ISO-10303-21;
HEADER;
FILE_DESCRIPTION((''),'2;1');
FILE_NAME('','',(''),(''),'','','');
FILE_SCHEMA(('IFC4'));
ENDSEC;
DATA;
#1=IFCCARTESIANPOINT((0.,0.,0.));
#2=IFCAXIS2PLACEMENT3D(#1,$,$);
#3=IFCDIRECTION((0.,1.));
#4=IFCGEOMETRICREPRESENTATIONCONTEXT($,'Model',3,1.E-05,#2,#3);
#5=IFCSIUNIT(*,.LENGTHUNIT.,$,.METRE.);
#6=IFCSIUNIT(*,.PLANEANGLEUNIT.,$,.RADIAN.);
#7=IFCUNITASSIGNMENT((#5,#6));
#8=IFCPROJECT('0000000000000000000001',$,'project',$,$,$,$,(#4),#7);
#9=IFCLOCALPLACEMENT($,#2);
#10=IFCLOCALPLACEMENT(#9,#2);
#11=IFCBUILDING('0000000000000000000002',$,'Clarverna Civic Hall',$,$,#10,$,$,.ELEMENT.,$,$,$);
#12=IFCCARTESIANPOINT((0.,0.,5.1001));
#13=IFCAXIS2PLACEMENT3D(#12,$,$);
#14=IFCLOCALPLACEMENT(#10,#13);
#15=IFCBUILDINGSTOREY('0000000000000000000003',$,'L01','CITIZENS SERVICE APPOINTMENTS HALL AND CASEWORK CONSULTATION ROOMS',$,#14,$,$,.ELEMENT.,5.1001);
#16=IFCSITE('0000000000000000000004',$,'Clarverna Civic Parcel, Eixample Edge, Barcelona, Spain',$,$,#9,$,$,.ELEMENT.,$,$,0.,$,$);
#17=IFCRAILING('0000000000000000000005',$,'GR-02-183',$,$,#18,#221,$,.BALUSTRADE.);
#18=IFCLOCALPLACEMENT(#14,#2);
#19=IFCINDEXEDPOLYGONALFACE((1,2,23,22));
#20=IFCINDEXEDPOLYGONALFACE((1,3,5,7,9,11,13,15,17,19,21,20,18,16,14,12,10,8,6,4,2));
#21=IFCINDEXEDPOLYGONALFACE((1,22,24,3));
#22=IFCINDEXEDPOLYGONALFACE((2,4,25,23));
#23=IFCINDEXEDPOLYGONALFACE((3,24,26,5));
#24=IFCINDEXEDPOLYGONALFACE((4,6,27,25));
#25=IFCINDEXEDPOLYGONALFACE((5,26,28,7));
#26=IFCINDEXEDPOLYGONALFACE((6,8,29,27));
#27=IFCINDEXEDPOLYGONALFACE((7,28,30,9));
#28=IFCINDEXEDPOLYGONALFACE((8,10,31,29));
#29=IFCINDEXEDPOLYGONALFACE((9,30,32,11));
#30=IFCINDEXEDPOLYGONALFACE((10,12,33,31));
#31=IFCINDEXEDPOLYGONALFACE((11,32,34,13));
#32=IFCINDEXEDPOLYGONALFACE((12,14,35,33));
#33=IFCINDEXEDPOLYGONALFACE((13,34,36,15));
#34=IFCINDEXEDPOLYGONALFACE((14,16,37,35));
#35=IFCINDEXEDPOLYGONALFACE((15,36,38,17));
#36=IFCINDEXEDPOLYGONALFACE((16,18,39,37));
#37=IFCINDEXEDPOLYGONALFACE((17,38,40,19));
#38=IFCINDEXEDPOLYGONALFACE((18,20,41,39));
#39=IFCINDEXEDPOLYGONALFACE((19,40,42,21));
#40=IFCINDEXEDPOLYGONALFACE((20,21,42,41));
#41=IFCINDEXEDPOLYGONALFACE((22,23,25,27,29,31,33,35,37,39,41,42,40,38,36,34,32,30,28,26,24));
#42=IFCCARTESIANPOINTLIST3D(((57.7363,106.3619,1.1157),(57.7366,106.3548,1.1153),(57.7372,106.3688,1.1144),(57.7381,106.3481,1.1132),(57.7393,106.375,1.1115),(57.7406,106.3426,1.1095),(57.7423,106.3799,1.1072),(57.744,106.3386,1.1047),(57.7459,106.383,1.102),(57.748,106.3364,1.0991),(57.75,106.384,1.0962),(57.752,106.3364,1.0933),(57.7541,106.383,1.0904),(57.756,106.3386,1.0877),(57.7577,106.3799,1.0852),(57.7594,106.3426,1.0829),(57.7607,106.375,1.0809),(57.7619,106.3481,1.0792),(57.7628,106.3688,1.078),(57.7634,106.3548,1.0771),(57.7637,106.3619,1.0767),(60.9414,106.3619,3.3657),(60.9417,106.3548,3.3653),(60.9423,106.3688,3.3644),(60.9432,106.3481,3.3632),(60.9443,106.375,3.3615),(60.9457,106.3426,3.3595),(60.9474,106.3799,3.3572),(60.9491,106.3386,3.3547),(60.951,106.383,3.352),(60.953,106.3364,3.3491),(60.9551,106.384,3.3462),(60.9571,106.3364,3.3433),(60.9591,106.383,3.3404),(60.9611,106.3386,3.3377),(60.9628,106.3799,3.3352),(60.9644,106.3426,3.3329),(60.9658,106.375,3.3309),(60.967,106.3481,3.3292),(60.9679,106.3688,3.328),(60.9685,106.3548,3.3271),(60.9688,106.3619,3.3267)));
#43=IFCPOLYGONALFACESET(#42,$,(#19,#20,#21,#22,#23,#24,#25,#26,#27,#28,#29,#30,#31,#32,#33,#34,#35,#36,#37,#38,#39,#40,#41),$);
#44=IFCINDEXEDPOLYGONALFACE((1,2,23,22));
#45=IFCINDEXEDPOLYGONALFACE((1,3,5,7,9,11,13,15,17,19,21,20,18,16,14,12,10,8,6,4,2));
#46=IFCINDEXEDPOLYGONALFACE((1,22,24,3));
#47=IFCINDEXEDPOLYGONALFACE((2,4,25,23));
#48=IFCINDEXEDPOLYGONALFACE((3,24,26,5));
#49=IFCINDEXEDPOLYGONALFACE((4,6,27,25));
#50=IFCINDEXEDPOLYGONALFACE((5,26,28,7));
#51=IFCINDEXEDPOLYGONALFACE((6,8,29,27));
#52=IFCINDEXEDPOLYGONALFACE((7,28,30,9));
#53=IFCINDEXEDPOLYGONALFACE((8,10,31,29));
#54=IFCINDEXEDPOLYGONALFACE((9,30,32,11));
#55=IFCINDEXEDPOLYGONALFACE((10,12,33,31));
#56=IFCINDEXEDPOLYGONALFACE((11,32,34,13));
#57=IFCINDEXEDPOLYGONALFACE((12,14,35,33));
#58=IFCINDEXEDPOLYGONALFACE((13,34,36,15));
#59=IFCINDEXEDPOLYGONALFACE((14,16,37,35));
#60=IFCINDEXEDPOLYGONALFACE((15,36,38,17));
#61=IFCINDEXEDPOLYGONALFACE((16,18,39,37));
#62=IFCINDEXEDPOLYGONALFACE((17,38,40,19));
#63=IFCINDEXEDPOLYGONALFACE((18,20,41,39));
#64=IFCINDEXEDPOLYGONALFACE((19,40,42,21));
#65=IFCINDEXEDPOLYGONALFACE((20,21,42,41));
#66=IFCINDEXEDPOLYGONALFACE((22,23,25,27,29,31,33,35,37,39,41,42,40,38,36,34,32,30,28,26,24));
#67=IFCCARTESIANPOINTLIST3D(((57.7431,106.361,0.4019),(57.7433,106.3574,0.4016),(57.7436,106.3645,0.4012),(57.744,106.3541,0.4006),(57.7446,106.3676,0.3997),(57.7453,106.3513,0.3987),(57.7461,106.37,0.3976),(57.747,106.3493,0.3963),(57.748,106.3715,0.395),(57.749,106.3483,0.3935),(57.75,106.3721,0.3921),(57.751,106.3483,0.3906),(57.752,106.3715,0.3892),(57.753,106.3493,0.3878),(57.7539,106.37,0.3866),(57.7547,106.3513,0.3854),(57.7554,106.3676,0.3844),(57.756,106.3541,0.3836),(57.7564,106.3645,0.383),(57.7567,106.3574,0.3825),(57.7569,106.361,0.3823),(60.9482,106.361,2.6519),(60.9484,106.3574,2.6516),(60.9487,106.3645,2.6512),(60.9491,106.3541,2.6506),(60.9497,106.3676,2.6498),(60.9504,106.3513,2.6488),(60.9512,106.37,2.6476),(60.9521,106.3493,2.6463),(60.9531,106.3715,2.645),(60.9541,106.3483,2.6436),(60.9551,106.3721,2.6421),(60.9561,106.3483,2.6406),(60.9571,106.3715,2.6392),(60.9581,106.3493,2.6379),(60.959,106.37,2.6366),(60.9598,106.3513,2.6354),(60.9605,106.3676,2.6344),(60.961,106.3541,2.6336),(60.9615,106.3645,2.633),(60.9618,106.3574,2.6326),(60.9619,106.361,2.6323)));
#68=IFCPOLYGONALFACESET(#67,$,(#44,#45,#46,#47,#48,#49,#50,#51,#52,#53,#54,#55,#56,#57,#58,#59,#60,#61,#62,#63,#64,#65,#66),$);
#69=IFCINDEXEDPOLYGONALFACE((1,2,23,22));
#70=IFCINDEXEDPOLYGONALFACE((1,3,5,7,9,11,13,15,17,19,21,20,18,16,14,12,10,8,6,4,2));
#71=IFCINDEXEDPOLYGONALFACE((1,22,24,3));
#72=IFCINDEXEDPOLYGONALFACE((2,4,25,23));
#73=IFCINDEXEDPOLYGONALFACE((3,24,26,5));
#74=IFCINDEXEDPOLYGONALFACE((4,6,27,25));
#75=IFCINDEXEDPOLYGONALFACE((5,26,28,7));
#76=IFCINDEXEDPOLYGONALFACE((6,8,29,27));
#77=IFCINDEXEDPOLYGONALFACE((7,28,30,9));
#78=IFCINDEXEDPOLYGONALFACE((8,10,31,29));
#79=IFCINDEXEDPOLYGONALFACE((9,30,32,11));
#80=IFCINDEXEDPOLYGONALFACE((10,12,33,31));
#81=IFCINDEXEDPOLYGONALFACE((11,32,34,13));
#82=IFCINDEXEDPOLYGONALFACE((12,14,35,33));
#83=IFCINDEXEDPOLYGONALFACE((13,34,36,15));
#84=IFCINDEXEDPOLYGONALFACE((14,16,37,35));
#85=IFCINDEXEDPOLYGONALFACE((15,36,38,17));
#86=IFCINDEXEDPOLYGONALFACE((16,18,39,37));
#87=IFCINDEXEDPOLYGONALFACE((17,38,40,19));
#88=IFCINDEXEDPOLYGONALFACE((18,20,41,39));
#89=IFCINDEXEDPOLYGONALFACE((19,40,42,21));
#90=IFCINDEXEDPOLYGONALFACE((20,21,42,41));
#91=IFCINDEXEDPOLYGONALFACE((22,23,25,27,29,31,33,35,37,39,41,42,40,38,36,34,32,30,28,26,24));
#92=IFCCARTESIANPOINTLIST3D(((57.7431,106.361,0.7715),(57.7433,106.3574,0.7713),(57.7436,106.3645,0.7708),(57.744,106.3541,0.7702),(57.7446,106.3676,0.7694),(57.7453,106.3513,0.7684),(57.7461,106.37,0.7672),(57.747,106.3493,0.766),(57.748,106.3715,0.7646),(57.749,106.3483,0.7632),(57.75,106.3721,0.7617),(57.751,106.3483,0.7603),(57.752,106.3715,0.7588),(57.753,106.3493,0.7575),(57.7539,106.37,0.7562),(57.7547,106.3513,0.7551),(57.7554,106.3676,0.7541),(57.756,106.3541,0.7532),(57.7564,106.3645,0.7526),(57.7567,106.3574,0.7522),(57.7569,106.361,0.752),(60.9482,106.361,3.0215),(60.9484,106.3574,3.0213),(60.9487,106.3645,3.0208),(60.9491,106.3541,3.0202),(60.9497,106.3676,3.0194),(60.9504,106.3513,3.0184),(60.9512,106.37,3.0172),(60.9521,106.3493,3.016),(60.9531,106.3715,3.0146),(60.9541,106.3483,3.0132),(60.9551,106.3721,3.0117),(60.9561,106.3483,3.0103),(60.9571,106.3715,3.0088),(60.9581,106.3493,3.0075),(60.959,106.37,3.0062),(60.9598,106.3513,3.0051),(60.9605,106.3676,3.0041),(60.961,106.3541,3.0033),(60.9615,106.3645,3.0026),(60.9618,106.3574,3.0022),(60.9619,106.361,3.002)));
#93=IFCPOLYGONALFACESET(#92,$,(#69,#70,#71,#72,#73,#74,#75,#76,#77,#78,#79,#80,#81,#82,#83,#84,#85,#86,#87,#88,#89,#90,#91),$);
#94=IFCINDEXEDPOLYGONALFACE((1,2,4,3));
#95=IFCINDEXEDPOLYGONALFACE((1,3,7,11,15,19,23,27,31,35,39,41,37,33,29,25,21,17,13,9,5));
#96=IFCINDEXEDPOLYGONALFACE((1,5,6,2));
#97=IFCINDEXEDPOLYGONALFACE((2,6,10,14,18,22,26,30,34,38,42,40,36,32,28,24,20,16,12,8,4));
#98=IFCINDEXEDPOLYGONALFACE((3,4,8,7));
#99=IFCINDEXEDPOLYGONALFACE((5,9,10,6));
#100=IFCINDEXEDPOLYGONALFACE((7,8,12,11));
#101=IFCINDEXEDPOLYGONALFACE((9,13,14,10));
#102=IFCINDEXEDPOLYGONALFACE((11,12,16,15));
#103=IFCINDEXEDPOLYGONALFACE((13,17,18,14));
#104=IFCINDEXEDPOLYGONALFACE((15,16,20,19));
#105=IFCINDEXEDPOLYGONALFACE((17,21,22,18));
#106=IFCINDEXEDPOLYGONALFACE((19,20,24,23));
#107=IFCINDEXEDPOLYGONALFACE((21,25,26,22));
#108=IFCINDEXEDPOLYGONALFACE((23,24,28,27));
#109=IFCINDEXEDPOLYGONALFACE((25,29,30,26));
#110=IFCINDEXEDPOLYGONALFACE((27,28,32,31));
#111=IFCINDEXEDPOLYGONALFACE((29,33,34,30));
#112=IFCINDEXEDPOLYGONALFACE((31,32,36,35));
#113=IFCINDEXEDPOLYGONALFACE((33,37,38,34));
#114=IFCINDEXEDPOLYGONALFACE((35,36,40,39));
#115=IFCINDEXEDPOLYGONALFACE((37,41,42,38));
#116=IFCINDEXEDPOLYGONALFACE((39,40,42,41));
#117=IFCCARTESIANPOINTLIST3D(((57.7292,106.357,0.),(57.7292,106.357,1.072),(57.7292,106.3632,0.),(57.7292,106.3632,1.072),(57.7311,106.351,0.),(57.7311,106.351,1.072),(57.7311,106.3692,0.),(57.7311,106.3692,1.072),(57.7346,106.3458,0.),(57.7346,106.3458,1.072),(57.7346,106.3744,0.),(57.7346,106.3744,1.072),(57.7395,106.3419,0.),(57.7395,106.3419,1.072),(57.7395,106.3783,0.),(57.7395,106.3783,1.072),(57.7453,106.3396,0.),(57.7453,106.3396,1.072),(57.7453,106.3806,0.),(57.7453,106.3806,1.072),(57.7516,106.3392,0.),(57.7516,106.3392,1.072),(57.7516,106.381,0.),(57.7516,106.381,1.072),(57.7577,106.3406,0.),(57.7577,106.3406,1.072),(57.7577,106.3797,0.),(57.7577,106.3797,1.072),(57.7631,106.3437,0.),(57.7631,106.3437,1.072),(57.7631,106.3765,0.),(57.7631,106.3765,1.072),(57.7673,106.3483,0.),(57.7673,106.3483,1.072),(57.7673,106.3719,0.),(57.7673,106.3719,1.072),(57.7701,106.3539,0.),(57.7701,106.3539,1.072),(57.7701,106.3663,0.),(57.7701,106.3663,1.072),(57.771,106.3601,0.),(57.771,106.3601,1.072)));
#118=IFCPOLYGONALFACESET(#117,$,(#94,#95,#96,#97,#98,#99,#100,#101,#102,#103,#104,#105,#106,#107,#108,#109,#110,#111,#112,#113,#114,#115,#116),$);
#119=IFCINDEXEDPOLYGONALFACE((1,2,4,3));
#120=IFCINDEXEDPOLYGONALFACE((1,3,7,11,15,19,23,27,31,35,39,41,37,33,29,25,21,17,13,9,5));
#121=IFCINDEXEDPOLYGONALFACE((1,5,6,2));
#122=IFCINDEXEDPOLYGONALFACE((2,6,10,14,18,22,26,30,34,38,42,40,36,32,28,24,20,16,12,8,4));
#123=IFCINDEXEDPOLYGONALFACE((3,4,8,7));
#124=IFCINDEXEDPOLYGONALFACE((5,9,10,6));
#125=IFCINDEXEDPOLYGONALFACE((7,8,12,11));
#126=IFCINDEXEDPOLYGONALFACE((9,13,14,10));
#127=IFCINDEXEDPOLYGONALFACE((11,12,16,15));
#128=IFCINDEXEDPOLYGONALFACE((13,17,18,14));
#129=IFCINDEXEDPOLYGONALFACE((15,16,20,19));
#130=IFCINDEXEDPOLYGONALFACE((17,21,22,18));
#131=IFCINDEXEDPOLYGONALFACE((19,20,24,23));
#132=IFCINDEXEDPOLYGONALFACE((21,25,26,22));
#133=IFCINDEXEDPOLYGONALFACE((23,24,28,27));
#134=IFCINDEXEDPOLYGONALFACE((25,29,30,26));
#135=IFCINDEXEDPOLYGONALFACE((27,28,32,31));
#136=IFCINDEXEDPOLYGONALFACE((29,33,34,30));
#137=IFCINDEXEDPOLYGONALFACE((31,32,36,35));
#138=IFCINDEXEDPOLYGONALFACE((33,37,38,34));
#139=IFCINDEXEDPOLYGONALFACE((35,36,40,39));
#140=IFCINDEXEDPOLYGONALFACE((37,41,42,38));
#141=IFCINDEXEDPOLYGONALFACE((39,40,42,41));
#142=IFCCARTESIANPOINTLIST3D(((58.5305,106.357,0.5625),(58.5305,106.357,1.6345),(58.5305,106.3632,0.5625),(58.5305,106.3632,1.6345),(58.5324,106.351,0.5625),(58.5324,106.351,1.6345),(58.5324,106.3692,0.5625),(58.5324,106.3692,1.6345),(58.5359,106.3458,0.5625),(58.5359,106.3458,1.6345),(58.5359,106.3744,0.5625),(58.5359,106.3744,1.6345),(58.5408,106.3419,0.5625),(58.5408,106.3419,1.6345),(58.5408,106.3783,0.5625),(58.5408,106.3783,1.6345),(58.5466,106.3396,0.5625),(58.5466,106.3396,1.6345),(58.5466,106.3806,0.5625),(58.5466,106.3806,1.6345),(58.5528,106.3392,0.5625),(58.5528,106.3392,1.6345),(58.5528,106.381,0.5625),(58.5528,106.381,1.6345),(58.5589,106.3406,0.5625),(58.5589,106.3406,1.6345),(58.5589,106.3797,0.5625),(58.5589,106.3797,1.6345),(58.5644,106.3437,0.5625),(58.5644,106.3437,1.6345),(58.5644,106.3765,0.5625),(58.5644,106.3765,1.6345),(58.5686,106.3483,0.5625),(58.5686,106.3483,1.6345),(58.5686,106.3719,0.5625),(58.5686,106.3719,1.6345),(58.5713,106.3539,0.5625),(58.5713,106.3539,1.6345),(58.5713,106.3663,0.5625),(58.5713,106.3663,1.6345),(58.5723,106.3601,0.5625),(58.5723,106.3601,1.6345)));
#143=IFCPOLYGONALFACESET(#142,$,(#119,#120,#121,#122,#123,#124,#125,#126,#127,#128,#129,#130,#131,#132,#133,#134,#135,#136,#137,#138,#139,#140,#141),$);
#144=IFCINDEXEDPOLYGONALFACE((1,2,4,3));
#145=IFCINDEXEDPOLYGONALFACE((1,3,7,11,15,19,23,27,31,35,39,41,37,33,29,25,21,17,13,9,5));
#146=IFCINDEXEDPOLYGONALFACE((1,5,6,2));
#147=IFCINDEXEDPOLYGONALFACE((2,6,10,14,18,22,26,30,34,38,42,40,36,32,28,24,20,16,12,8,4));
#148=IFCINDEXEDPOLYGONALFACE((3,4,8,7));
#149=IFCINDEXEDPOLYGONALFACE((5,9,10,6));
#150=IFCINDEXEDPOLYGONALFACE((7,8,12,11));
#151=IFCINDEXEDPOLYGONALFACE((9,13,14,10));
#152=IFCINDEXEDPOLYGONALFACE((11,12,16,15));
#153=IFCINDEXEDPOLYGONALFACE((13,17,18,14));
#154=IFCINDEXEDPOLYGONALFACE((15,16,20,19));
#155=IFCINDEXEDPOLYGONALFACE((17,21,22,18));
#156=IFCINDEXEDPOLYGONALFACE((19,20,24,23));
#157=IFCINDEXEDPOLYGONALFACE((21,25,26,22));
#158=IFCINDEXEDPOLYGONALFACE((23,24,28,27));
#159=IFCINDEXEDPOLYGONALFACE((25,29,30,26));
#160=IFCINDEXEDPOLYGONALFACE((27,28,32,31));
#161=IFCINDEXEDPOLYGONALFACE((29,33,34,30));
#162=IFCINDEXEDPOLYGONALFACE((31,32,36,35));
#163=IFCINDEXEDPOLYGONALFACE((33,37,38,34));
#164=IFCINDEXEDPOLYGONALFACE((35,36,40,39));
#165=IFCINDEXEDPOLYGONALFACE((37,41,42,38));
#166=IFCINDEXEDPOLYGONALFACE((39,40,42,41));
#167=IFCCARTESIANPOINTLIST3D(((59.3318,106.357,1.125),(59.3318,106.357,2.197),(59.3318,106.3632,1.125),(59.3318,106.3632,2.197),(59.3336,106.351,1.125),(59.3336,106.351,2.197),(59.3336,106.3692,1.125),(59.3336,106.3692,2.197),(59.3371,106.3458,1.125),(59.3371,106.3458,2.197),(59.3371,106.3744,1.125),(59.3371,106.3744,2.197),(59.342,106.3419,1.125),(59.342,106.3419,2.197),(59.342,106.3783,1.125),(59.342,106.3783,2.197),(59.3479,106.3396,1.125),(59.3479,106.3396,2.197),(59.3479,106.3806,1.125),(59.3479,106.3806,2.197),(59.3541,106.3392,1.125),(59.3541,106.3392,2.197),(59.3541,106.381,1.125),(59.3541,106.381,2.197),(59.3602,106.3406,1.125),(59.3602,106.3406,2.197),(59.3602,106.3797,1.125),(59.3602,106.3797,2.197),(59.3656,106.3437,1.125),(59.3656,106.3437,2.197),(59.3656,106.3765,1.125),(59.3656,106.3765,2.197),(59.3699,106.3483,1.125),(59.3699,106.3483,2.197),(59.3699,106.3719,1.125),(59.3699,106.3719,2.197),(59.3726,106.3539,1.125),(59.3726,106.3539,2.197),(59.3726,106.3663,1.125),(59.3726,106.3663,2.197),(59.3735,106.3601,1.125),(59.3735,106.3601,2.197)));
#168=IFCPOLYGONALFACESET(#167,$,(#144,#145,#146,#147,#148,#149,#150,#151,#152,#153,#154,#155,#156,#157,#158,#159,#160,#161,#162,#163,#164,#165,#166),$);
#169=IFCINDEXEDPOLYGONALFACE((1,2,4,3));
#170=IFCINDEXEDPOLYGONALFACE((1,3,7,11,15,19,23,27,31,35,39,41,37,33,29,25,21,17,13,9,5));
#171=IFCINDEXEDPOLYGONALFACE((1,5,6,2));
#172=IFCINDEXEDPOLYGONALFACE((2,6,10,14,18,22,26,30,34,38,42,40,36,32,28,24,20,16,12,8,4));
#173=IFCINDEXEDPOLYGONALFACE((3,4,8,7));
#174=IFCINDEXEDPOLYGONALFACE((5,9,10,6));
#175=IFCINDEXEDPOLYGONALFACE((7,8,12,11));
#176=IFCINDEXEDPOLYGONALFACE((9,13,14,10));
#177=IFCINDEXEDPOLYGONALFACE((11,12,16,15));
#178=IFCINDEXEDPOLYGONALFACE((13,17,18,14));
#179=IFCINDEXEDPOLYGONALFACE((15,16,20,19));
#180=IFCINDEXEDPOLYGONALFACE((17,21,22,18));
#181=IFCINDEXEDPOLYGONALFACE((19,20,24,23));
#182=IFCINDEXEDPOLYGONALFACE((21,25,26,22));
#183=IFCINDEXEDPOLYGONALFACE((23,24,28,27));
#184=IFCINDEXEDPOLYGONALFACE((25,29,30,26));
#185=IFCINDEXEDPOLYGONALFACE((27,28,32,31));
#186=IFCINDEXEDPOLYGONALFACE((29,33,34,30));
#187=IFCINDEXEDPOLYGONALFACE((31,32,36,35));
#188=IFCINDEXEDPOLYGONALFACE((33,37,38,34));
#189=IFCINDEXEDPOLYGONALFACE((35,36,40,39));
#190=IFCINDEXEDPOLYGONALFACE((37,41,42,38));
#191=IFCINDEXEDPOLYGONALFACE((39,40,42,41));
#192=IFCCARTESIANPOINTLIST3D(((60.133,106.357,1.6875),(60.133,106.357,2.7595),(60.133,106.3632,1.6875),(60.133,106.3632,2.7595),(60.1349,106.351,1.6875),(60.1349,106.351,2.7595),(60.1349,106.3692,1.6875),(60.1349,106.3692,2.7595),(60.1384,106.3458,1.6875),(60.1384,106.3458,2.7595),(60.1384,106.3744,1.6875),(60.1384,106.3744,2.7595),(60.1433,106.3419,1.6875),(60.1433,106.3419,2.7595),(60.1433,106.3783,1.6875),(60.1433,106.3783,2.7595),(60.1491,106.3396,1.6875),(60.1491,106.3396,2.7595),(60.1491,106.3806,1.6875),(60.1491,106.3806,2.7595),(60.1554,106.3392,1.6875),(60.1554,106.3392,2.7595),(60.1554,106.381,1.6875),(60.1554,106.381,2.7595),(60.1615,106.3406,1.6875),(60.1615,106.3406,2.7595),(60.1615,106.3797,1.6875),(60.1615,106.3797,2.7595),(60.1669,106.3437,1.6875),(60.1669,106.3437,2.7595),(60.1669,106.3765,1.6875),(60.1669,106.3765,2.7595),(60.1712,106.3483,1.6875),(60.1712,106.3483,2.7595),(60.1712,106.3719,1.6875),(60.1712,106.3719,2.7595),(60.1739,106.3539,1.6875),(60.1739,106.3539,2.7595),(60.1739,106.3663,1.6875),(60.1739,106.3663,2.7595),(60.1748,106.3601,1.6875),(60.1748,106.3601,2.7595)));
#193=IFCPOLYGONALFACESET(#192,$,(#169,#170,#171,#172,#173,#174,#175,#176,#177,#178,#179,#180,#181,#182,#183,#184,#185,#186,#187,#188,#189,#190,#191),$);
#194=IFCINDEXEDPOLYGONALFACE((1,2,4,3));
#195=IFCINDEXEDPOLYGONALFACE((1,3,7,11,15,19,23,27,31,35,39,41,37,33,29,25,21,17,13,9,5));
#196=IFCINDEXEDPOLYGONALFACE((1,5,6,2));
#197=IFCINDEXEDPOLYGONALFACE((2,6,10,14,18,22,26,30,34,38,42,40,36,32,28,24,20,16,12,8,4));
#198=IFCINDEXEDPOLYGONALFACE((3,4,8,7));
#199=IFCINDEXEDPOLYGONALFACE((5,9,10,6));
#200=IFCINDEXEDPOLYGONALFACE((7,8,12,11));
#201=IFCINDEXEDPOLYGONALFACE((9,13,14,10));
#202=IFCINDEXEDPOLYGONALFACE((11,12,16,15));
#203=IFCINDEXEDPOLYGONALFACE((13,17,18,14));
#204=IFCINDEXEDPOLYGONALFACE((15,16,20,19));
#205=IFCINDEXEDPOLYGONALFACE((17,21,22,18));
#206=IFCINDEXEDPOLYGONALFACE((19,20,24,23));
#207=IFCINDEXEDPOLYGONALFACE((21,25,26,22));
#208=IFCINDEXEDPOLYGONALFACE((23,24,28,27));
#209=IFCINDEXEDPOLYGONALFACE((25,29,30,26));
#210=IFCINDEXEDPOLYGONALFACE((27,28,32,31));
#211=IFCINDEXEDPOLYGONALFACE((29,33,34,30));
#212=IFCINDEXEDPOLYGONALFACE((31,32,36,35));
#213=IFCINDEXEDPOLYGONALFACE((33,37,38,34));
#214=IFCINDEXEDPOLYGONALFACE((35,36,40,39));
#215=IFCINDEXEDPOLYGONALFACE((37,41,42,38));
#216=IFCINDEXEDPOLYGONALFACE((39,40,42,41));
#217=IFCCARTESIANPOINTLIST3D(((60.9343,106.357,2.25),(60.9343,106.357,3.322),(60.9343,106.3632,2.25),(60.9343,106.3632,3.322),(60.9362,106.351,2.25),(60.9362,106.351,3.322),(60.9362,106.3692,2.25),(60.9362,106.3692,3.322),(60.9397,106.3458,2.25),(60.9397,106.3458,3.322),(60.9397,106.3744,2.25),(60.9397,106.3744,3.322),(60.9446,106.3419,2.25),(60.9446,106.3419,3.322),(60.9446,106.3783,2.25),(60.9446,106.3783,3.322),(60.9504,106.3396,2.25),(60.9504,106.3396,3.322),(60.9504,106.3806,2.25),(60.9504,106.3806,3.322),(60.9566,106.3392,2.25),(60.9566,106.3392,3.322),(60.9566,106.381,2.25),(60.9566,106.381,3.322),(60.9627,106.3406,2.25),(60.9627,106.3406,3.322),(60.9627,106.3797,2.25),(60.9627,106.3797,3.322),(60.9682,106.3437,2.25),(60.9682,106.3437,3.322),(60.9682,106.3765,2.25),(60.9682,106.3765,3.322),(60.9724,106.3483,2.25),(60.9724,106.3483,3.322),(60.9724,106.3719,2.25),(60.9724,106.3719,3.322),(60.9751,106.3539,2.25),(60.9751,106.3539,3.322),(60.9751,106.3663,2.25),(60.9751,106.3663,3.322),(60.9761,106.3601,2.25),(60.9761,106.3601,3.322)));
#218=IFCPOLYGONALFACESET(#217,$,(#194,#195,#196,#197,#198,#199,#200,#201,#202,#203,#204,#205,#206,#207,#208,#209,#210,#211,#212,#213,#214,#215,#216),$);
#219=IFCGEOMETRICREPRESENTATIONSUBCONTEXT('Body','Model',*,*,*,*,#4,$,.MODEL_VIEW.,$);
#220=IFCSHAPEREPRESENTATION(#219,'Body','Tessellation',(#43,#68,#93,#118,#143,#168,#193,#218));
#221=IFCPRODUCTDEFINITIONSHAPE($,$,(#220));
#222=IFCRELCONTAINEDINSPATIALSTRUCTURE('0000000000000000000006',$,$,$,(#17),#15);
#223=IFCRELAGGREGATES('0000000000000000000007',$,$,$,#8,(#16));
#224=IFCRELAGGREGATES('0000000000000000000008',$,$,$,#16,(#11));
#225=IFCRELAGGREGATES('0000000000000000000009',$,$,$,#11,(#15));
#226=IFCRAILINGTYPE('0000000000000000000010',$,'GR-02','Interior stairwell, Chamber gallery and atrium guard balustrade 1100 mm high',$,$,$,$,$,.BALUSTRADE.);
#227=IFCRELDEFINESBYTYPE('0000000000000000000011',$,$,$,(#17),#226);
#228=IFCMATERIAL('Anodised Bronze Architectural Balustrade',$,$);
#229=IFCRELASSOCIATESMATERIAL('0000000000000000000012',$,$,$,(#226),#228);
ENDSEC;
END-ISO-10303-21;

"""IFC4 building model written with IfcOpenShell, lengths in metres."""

from ifc_helpers import new_model, si_unit, direction, frame, origin, origin_2d, place, context, subcontext, project, spatial, circle, extrude, material, type_object, element, save


model = new_model("IFC4")

# Units and contexts
model_context = context("Model", 3, precision=1e-05, world=origin(), true_north=direction((0.0, 1.0)))
body_context = subcontext(model_context, "Body", "Model", "MODEL_VIEW")
ifc_project = project(units=[si_unit("LENGTHUNIT", "METRE"), si_unit("PLANEANGLEUNIT", "RADIAN")], contexts=[model_context])

# Site, building, storey
site_placement = place(None, origin())
site = spatial("IfcSite", under=ifc_project, at=site_placement, Name="Clarverna Civic Parcel, Eixample Edge, Barcelona, Spain", CompositionType="ELEMENT", RefElevation=0.0)
building_placement = place(site_placement, origin())
building = spatial("IfcBuilding", under=site, at=building_placement, Name="Clarverna Civic Hall", CompositionType="ELEMENT")
storey_placement = place(building_placement, frame((0.0, 0.0, 5.1001)))
storey = spatial("IfcBuildingStorey", under=building, at=storey_placement, Name="L01", Description="CITIZENS SERVICE APPOINTMENTS HALL AND CASEWORK CONSULTATION ROOMS", CompositionType="ELEMENT", Elevation=5.1001)

# Railing
ifc_material_1 = material(Name="Anodised Bronze Architectural Balustrade")
railing_type_1 = type_object("IfcRailingType", Name="GR-02", Description="Interior stairwell, Chamber gallery and atrium guard balustrade 1100 mm high", PredefinedType="BALUSTRADE", material=ifc_material_1)
railing_1_placement = place(storey_placement, frame((57.75, 106.3601, 0.0)))
element("IfcRailing", 1, at=railing_1_placement, inside=storey, type_object=railing_type_1, Name="GR-02-183", PredefinedType="BALUSTRADE", context=body_context, shape_type="SweptSolid", body=[
    extrude(circle(Radius=0.0239, at=origin_2d()), frame((0.0, 0.0, 1.0962), z_axis=(0.818458, 0.0, 0.574566), x_axis=(0.0, 1.0, 0.0)), (0.0, 0.0, 1.0), 3.916),
    extrude(circle(Radius=0.012, at=origin_2d()), frame((0.0, 0.0, 0.3921), z_axis=(0.818458, 0.0, 0.574566), x_axis=(0.0, 1.0, 0.0)), (0.0, 0.0, 1.0), 3.916),
    extrude(circle(Radius=0.012, at=origin_2d()), frame((0.0, 0.0, 0.7617), z_axis=(0.818458, 0.0, 0.574566), x_axis=(0.0, 1.0, 0.0)), (0.0, 0.0, 1.0), 3.916),
    extrude(circle(Radius=0.021, at=origin_2d()), origin(), (0.0, 0.0, 1.0), 1.072),
    extrude(circle(Radius=0.021, at=origin_2d()), frame((0.8013, 0.0, 0.5625)), (0.0, 0.0, 1.0), 1.072),
    extrude(circle(Radius=0.021, at=origin_2d()), frame((1.6025, 0.0, 1.125)), (0.0, 0.0, 1.0), 1.072),
    extrude(circle(Radius=0.021, at=origin_2d()), frame((2.4038, 0.0, 1.6875)), (0.0, 0.0, 1.0), 1.072),
    extrude(circle(Radius=0.021, at=origin_2d()), frame((3.2051, 0.0, 2.25)), (0.0, 0.0, 1.0), 1.072),
])

save(model, "model.ifc")
